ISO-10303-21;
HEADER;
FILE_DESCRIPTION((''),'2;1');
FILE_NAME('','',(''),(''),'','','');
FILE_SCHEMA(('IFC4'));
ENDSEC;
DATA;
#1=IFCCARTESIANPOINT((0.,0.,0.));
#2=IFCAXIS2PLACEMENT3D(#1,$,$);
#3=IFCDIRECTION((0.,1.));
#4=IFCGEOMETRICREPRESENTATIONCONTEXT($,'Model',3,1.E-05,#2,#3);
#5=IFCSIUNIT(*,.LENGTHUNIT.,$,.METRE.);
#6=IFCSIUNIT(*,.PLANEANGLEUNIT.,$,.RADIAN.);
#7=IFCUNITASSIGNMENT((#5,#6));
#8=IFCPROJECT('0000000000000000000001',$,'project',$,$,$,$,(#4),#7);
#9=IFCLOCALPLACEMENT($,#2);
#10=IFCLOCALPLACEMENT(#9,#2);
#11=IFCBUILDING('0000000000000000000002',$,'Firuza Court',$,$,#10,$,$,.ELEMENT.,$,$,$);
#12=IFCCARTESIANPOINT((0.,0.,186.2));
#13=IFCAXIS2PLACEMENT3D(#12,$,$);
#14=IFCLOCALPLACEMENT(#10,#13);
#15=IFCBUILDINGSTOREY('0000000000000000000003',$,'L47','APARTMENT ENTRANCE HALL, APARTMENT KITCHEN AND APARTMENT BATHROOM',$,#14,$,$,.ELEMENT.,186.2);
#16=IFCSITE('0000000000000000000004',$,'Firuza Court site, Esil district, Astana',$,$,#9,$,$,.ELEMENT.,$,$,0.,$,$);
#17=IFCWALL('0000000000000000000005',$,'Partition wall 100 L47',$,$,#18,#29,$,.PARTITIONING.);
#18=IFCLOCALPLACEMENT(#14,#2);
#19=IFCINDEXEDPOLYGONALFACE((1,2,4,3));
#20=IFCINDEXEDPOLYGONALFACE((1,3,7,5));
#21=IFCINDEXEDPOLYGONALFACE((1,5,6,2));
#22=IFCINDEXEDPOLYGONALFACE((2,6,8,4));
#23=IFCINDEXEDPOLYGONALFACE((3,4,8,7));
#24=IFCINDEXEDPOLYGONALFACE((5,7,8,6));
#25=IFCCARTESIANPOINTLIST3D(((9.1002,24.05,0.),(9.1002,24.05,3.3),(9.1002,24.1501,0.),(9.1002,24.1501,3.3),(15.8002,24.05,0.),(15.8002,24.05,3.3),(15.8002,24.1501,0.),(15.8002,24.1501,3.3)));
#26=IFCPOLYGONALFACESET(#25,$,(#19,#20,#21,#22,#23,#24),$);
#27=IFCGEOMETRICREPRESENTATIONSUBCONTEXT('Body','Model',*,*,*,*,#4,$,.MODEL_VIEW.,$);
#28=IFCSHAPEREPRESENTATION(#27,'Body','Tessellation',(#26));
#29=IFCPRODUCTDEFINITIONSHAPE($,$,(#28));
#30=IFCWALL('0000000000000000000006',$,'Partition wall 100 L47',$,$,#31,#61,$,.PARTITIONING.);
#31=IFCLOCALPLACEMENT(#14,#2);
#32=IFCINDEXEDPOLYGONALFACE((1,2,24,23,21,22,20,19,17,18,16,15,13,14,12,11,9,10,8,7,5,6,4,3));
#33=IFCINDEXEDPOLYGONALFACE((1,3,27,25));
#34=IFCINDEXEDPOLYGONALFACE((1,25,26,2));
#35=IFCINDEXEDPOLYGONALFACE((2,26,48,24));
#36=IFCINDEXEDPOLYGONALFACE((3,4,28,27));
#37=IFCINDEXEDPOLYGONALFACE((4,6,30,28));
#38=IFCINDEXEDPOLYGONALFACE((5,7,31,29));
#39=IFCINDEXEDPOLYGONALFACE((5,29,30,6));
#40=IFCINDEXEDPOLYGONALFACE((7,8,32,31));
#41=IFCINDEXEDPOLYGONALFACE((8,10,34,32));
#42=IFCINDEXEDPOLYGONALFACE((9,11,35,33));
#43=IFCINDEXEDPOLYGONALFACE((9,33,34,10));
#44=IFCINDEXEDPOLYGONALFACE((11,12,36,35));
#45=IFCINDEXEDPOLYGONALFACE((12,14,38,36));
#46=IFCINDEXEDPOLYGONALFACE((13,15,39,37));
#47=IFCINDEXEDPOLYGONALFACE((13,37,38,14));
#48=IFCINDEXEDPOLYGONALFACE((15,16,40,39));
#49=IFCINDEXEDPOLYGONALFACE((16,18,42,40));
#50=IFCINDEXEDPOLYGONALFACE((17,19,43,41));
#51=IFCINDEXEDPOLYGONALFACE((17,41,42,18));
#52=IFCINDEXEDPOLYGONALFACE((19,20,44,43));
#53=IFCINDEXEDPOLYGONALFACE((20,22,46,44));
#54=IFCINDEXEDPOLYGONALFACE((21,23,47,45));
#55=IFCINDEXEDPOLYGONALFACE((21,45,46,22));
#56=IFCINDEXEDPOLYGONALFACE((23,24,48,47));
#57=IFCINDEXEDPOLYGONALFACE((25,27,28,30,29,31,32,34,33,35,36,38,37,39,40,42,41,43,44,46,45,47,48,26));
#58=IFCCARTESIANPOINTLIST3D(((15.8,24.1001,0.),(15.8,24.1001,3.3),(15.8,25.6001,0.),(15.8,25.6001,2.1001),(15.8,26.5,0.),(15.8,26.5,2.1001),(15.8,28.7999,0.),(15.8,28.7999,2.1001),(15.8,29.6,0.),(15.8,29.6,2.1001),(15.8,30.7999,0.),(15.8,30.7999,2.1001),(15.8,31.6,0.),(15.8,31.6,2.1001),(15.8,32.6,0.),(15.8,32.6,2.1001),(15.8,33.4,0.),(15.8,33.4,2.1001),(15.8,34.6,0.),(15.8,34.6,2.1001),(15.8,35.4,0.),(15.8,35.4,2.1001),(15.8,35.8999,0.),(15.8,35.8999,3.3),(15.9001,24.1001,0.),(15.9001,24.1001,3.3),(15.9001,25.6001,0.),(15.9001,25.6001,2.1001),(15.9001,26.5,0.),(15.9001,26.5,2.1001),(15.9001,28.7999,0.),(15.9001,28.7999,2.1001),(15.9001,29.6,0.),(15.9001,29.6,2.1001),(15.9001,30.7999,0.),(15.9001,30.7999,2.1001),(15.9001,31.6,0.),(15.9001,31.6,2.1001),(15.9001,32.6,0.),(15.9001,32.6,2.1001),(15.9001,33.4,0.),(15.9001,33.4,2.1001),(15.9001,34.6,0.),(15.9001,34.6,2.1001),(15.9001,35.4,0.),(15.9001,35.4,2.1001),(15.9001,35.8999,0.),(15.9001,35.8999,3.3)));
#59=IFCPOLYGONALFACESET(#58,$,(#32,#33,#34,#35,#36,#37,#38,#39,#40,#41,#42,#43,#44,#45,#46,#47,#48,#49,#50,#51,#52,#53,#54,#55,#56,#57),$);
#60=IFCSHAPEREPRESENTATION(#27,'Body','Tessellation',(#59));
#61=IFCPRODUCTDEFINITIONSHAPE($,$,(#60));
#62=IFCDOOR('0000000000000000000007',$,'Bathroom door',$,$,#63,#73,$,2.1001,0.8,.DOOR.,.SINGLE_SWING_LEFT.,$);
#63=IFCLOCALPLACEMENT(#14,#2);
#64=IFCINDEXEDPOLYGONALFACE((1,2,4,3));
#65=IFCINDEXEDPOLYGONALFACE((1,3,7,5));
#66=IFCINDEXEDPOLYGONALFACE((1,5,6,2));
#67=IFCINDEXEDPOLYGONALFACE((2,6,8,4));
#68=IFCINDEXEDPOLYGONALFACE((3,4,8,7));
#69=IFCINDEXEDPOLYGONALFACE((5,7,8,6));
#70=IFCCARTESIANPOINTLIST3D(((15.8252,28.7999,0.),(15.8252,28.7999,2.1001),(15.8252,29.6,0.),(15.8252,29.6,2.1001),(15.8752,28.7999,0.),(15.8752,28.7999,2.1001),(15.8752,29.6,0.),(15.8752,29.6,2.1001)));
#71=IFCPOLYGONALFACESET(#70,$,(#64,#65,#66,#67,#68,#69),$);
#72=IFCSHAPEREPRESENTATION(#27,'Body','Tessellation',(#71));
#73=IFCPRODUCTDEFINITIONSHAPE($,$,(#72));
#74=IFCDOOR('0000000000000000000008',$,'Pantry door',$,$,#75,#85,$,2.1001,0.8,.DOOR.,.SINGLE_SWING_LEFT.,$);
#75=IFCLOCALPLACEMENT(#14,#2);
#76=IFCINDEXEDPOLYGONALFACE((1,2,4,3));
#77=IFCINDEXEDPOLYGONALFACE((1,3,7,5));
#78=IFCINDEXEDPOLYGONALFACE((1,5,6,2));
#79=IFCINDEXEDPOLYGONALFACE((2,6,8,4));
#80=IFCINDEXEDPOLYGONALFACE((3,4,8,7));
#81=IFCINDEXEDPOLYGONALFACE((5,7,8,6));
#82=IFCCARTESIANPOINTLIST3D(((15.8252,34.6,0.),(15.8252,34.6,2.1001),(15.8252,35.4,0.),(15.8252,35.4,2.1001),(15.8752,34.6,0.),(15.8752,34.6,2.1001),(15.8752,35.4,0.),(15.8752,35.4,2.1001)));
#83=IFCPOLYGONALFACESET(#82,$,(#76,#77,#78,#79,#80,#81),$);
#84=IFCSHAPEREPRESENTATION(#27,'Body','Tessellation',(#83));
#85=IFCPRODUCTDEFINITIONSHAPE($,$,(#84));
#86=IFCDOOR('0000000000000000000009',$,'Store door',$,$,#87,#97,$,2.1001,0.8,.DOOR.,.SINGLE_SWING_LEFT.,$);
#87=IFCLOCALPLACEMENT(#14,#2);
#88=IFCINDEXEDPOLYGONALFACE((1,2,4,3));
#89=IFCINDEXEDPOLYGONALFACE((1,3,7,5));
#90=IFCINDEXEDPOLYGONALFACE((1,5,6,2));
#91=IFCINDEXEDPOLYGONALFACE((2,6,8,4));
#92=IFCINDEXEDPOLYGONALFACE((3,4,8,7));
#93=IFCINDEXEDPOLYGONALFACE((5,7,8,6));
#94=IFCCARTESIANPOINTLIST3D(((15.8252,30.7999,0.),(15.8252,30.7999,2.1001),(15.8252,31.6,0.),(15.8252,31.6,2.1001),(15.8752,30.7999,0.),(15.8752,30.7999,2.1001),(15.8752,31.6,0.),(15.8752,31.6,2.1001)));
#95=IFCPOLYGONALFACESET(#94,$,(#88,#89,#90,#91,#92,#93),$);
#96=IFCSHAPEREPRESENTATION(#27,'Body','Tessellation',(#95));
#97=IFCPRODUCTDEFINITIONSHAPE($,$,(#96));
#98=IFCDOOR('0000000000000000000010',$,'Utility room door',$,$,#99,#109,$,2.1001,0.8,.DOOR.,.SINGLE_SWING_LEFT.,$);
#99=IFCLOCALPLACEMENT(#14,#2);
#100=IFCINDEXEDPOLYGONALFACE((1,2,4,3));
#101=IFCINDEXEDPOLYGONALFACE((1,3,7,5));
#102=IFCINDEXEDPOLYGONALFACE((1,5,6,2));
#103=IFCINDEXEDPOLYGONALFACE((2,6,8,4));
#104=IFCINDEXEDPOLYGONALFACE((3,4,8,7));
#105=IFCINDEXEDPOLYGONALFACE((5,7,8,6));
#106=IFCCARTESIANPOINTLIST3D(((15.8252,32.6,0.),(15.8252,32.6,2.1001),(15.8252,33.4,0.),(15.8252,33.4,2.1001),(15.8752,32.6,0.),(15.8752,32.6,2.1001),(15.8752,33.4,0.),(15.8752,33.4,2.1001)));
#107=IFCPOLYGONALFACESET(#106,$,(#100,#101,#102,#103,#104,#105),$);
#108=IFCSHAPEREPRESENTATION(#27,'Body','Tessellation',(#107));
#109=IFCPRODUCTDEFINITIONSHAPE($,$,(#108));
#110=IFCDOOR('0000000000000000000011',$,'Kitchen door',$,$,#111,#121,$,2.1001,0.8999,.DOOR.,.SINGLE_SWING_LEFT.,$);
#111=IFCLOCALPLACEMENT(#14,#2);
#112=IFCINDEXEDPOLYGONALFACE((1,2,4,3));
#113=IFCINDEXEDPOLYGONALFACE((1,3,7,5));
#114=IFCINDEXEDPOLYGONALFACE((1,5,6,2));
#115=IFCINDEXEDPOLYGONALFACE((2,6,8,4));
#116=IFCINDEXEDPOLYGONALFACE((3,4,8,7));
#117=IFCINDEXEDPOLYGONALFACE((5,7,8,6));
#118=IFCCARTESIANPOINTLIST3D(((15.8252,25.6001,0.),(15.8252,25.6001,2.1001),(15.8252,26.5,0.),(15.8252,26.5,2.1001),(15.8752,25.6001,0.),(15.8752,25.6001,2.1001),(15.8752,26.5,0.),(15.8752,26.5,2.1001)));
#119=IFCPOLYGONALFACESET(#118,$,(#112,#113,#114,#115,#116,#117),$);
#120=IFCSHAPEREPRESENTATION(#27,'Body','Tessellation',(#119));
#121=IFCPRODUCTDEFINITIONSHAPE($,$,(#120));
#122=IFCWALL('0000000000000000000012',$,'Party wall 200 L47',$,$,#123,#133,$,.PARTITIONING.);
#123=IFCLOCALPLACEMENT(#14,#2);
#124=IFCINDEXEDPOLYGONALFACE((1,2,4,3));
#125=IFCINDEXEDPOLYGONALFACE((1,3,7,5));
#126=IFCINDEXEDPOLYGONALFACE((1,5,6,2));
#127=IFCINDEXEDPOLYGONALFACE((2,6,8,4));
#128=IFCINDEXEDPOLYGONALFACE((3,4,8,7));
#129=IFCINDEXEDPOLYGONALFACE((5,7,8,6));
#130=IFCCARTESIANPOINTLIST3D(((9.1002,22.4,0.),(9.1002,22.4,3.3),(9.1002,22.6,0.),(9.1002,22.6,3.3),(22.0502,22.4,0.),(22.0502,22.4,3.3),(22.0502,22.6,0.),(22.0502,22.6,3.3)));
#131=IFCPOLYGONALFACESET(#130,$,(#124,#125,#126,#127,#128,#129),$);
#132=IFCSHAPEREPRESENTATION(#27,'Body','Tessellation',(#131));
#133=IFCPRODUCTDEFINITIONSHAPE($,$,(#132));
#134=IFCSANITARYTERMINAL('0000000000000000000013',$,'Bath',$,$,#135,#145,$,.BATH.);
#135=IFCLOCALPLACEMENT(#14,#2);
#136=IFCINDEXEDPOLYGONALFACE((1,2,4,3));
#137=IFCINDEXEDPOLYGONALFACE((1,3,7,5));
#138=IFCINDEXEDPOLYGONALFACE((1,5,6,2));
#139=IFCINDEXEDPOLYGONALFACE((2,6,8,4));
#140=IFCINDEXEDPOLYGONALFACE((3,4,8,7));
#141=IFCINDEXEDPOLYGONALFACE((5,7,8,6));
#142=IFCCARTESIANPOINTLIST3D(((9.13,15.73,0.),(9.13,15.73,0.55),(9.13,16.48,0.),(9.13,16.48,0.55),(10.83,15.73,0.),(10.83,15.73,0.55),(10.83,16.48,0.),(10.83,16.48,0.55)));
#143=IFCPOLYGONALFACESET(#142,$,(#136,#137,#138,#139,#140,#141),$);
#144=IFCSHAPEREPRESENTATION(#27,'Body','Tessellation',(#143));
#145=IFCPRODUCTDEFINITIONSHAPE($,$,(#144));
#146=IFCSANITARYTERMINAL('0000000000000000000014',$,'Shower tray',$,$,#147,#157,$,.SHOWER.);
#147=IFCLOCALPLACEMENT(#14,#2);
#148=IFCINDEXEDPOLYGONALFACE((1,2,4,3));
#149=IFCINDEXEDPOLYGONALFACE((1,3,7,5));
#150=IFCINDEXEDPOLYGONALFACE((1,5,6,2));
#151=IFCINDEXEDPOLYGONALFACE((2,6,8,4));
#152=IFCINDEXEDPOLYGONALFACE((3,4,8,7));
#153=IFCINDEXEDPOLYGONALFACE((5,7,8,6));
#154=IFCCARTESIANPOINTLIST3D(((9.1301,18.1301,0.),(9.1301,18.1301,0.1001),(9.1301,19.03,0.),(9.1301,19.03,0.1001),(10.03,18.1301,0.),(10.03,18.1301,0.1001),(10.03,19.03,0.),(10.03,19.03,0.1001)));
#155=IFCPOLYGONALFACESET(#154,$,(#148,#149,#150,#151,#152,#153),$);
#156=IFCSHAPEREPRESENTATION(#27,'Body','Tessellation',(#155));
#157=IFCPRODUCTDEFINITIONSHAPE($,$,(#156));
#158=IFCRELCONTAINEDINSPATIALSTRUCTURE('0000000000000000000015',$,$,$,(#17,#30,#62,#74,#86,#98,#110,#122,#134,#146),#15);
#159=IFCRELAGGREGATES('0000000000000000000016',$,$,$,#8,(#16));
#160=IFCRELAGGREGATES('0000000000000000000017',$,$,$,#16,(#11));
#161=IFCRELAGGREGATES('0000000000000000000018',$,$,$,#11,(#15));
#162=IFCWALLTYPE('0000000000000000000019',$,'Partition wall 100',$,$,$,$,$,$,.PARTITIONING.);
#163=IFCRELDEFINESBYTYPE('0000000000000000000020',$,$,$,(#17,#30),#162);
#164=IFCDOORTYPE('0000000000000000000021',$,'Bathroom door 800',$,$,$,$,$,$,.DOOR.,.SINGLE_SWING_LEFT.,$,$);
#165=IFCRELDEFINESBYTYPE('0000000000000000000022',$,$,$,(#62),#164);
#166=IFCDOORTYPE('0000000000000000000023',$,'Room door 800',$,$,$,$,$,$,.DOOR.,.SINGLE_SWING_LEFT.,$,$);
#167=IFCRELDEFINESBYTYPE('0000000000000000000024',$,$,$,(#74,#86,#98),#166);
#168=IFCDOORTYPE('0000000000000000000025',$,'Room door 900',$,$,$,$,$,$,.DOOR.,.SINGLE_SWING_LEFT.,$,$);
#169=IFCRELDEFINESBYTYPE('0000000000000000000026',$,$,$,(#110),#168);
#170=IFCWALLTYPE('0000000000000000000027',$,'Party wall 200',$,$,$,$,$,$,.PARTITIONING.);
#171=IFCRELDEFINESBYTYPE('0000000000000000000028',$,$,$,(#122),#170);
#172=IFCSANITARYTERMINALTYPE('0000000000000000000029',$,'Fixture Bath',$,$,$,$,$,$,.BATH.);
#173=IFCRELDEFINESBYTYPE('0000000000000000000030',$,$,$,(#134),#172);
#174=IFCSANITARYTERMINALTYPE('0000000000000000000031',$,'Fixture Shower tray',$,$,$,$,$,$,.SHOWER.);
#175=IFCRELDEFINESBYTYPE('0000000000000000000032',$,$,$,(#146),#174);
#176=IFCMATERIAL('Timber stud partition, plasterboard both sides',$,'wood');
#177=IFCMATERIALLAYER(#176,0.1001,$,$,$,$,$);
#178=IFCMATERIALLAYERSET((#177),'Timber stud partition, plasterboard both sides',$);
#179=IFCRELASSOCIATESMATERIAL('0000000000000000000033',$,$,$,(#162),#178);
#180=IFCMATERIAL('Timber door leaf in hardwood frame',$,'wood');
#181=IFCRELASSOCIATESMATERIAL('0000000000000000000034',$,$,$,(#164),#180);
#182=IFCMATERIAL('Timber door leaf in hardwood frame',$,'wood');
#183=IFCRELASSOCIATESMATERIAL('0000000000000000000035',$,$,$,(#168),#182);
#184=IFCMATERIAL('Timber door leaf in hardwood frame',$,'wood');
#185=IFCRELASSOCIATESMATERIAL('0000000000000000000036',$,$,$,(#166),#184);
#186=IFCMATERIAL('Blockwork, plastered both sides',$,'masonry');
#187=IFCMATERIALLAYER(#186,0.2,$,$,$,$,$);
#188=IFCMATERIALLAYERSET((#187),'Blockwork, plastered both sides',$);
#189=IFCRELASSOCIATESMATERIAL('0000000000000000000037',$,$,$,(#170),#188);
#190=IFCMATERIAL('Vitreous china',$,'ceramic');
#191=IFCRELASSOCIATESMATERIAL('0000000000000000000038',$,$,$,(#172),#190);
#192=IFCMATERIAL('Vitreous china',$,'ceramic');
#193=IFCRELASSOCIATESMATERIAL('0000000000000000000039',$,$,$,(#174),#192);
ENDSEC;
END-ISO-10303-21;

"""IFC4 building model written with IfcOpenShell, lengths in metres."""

from ifc_helpers import new_model, si_unit, direction, frame, frame_2d, origin, origin_2d, place, context, subcontext, project, spatial, rectangle, extrude, material, layer, layer_set, type_object, element, fill, save


model = new_model("IFC4")

# Units and contexts
model_context = context("Model", 3, precision=1e-05, world=origin(), true_north=direction((0.0, 1.0)))
body_context = subcontext(model_context, "Body", "Model", "MODEL_VIEW")
ifc_project = project(units=[si_unit("LENGTHUNIT", "METRE"), si_unit("PLANEANGLEUNIT", "RADIAN")], contexts=[model_context])

# Site, building, storey
site_placement = place(None, origin())
site = spatial("IfcSite", under=ifc_project, at=site_placement, Name="Firuza Court site, Esil district, Astana", CompositionType="ELEMENT", RefElevation=0.0)
building_placement = place(site_placement, origin())
building = spatial("IfcBuilding", under=site, at=building_placement, Name="Firuza Court", CompositionType="ELEMENT")
storey_placement = place(building_placement, frame((0.0, 0.0, 186.2)))
storey = spatial("IfcBuildingStorey", under=building, at=storey_placement, Name="L47", Description="APARTMENT ENTRANCE HALL, APARTMENT KITCHEN AND APARTMENT BATHROOM", CompositionType="ELEMENT", Elevation=186.2)

# Shared definitions
ifc_material_1 = material(Name="Timber stud partition, plasterboard both sides", Category="wood")
ifc_layer_1 = layer(ifc_material_1, 0.1001)
ifc_layer_set_1 = layer_set([ifc_layer_1], Name="Timber stud partition, plasterboard both sides")
wall_type_1 = type_object("IfcWallType", Name="Partition wall 100", PredefinedType="PARTITIONING", material=ifc_layer_set_1)
ifc_material_2 = material(Name="Timber door leaf in hardwood frame", Category="wood")
door_type_1 = type_object("IfcDoorType", Name="Bathroom door 800", OperationType="SINGLE_SWING_LEFT", PredefinedType="DOOR", material=ifc_material_2)
ifc_material_3 = material(Name="Timber door leaf in hardwood frame", Category="wood")
door_type_2 = type_object("IfcDoorType", Name="Room door 900", OperationType="SINGLE_SWING_LEFT", PredefinedType="DOOR", material=ifc_material_3)
ifc_material_4 = material(Name="Timber door leaf in hardwood frame", Category="wood")
door_type_3 = type_object("IfcDoorType", Name="Room door 800", OperationType="SINGLE_SWING_LEFT", PredefinedType="DOOR", material=ifc_material_4)

# Wall
wall_1_placement = place(storey_placement, frame((9.1001, 24.1001, 0.0), z_axis=(0.0, 0.0, 1.0), x_axis=(1.0, 0.0, 0.0)))
element("IfcWall", 1, at=wall_1_placement, inside=storey, type_object=wall_type_1, Name="Partition wall 100 L47", PredefinedType="PARTITIONING", context=body_context, shape_type="SweptSolid", body=[
    extrude(rectangle(XDim=6.7, YDim=0.1001, at=frame_2d((3.3501, 0.0))), origin(), (0.0, 0.0, 1.0), 3.3),
])

# Wall, openings, doors
wall_2_placement = place(storey_placement, frame((15.8501, 24.1001, 0.0), z_axis=(0.0, 0.0, 1.0), x_axis=(0.0, 1.0, 0.0)))
wall_2 = element("IfcWall", 2, at=wall_2_placement, inside=storey, type_object=wall_type_1, Name="Partition wall 100 L47", PredefinedType="PARTITIONING", context=body_context, shape_type="SweptSolid", body=[
    extrude(rectangle(XDim=11.7998, YDim=0.1001, at=frame_2d((5.8999, 0.0))), origin(), (0.0, 0.0, 1.0), 3.3),
])
opening_1_placement = place(wall_2_placement, frame((4.7, 0.0, 0.0)))
opening_1 = element("IfcOpeningElement", 3, at=opening_1_placement, cuts=wall_2, PredefinedType="OPENING", context=body_context, shape_type="SweptSolid", body=[
    extrude(rectangle(XDim=0.8, YDim=2.1001, at=frame_2d((0.3999, 1.05))), frame((0.0, 0.062, 0.0), z_axis=(0.0, -1.0, 0.0), x_axis=(1.0, 0.0, 0.0)), (0.0, 0.0, 1.0), 0.124),
])
opening_2_placement = place(wall_2_placement, frame((1.5, 0.0, 0.0)))
opening_2 = element("IfcOpeningElement", 4, at=opening_2_placement, cuts=wall_2, PredefinedType="OPENING", context=body_context, shape_type="SweptSolid", body=[
    extrude(rectangle(XDim=0.8999, YDim=2.1001, at=frame_2d((0.45, 1.05))), frame((0.0, 0.062, 0.0), z_axis=(0.0, -1.0, 0.0), x_axis=(1.0, 0.0, 0.0)), (0.0, 0.0, 1.0), 0.124),
])
opening_3_placement = place(wall_2_placement, frame((10.5, 0.0, 0.0)))
opening_3 = element("IfcOpeningElement", 5, at=opening_3_placement, cuts=wall_2, PredefinedType="OPENING", context=body_context, shape_type="SweptSolid", body=[
    extrude(rectangle(XDim=0.8, YDim=2.1001, at=frame_2d((0.3999, 1.05))), frame((0.0, 0.062, 0.0), z_axis=(0.0, -1.0, 0.0), x_axis=(1.0, 0.0, 0.0)), (0.0, 0.0, 1.0), 0.124),
])
opening_4_placement = place(wall_2_placement, frame((6.7, 0.0, 0.0)))
opening_4 = element("IfcOpeningElement", 6, at=opening_4_placement, cuts=wall_2, PredefinedType="OPENING", context=body_context, shape_type="SweptSolid", body=[
    extrude(rectangle(XDim=0.8, YDim=2.1001, at=frame_2d((0.3999, 1.05))), frame((0.0, 0.062, 0.0), z_axis=(0.0, -1.0, 0.0), x_axis=(1.0, 0.0, 0.0)), (0.0, 0.0, 1.0), 0.124),
])
opening_5_placement = place(wall_2_placement, frame((8.5, 0.0, 0.0)))
opening_5 = element("IfcOpeningElement", 7, at=opening_5_placement, cuts=wall_2, PredefinedType="OPENING", context=body_context, shape_type="SweptSolid", body=[
    extrude(rectangle(XDim=0.8, YDim=2.1001, at=frame_2d((0.3999, 1.05))), frame((0.0, 0.062, 0.0), z_axis=(0.0, -1.0, 0.0), x_axis=(1.0, 0.0, 0.0)), (0.0, 0.0, 1.0), 0.124),
])
door_1_placement = place(opening_1_placement, origin())
door_1 = element("IfcDoor", 8, at=door_1_placement, inside=storey, type_object=door_type_1, Name="Bathroom door", OperationType="SINGLE_SWING_LEFT", OverallHeight=2.1001, OverallWidth=0.8, PredefinedType="DOOR", context=body_context, shape_type="SweptSolid", body=[
    extrude(rectangle(XDim=0.8, YDim=2.1001, at=frame_2d((0.3999, 1.05))), frame((0.0, 0.0249, 0.0), z_axis=(0.0, -1.0, 0.0), x_axis=(1.0, 0.0, 0.0)), (0.0, 0.0, 1.0), 0.05),
])
fill(opening_1, door_1)
door_2_placement = place(opening_3_placement, origin())
door_2 = element("IfcDoor", 9, at=door_2_placement, inside=storey, type_object=door_type_3, Name="Pantry door", OperationType="SINGLE_SWING_LEFT", OverallHeight=2.1001, OverallWidth=0.8, PredefinedType="DOOR", context=body_context, shape_type="SweptSolid", body=[
    extrude(rectangle(XDim=0.8, YDim=2.1001, at=frame_2d((0.3999, 1.05))), frame((0.0, 0.0249, 0.0), z_axis=(0.0, -1.0, 0.0), x_axis=(1.0, 0.0, 0.0)), (0.0, 0.0, 1.0), 0.05),
])
fill(opening_3, door_2)
door_3_placement = place(opening_4_placement, origin())
door_3 = element("IfcDoor", 10, at=door_3_placement, inside=storey, type_object=door_type_3, Name="Store door", OperationType="SINGLE_SWING_LEFT", OverallHeight=2.1001, OverallWidth=0.8, PredefinedType="DOOR", context=body_context, shape_type="SweptSolid", body=[
    extrude(rectangle(XDim=0.8, YDim=2.1001, at=frame_2d((0.3999, 1.05))), frame((0.0, 0.0249, 0.0), z_axis=(0.0, -1.0, 0.0), x_axis=(1.0, 0.0, 0.0)), (0.0, 0.0, 1.0), 0.05),
])
fill(opening_4, door_3)
door_4_placement = place(opening_5_placement, origin())
door_4 = element("IfcDoor", 11, at=door_4_placement, inside=storey, type_object=door_type_3, Name="Utility room door", OperationType="SINGLE_SWING_LEFT", OverallHeight=2.1001, OverallWidth=0.8, PredefinedType="DOOR", context=body_context, shape_type="SweptSolid", body=[
    extrude(rectangle(XDim=0.8, YDim=2.1001, at=frame_2d((0.3999, 1.05))), frame((0.0, 0.0249, 0.0), z_axis=(0.0, -1.0, 0.0), x_axis=(1.0, 0.0, 0.0)), (0.0, 0.0, 1.0), 0.05),
])
fill(opening_5, door_4)
door_5_placement = place(opening_2_placement, origin())
door_5 = element("IfcDoor", 12, at=door_5_placement, inside=storey, type_object=door_type_2, Name="Kitchen door", OperationType="SINGLE_SWING_LEFT", OverallHeight=2.1001, OverallWidth=0.8999, PredefinedType="DOOR", context=body_context, shape_type="SweptSolid", body=[
    extrude(rectangle(XDim=0.8999, YDim=2.1001, at=frame_2d((0.45, 1.05))), frame((0.0, 0.0249, 0.0), z_axis=(0.0, -1.0, 0.0), x_axis=(1.0, 0.0, 0.0)), (0.0, 0.0, 1.0), 0.05),
])
fill(opening_2, door_5)

# Wall
ifc_material_5 = material(Name="Blockwork, plastered both sides", Category="masonry")
ifc_layer_2 = layer(ifc_material_5, 0.2)
ifc_layer_set_2 = layer_set([ifc_layer_2], Name="Blockwork, plastered both sides")
wall_type_2 = type_object("IfcWallType", Name="Party wall 200", PredefinedType="PARTITIONING", material=ifc_layer_set_2)
wall_3_placement = place(storey_placement, frame((9.1001, 22.5, 0.0), z_axis=(0.0, 0.0, 1.0), x_axis=(1.0, 0.0, 0.0)))
element("IfcWall", 13, at=wall_3_placement, inside=storey, type_object=wall_type_2, Name="Party wall 200 L47", PredefinedType="PARTITIONING", context=body_context, shape_type="SweptSolid", body=[
    extrude(rectangle(XDim=12.95, YDim=0.2, at=frame_2d((6.4751, 0.0))), origin(), (0.0, 0.0, 1.0), 3.3),
])

# Sanitary terminals
ifc_material_6 = material(Name="Vitreous china", Category="ceramic")
sanitary_terminal_type_1 = type_object("IfcSanitaryTerminalType", Name="Fixture Bath", PredefinedType="BATH", material=ifc_material_6)
sanitary_terminal_1_placement = place(storey_placement, frame((9.98, 16.105, 0.0), z_axis=(0.0, 0.0, 1.0), x_axis=(1.0, 0.0, 0.0)))
element("IfcSanitaryTerminal", 14, at=sanitary_terminal_1_placement, inside=storey, type_object=sanitary_terminal_type_1, Name="Bath", PredefinedType="BATH", context=body_context, shape_type="SweptSolid", body=[
    extrude(rectangle(XDim=1.7, YDim=0.75, at=origin_2d()), origin(), (0.0, 0.0, 1.0), 0.55),
])
ifc_material_7 = material(Name="Vitreous china", Category="ceramic")
sanitary_terminal_type_2 = type_object("IfcSanitaryTerminalType", Name="Fixture Shower tray", PredefinedType="SHOWER", material=ifc_material_7)
sanitary_terminal_2_placement = place(storey_placement, frame((9.5801, 18.5801, 0.0), z_axis=(0.0, 0.0, 1.0), x_axis=(1.0, 0.0, 0.0)))
element("IfcSanitaryTerminal", 15, at=sanitary_terminal_2_placement, inside=storey, type_object=sanitary_terminal_type_2, Name="Shower tray", PredefinedType="SHOWER", context=body_context, shape_type="SweptSolid", body=[
    extrude(rectangle(XDim=0.8999, YDim=0.8999, at=origin_2d()), origin(), (0.0, 0.0, 1.0), 0.1001),
])

save(model, "model.ifc")
